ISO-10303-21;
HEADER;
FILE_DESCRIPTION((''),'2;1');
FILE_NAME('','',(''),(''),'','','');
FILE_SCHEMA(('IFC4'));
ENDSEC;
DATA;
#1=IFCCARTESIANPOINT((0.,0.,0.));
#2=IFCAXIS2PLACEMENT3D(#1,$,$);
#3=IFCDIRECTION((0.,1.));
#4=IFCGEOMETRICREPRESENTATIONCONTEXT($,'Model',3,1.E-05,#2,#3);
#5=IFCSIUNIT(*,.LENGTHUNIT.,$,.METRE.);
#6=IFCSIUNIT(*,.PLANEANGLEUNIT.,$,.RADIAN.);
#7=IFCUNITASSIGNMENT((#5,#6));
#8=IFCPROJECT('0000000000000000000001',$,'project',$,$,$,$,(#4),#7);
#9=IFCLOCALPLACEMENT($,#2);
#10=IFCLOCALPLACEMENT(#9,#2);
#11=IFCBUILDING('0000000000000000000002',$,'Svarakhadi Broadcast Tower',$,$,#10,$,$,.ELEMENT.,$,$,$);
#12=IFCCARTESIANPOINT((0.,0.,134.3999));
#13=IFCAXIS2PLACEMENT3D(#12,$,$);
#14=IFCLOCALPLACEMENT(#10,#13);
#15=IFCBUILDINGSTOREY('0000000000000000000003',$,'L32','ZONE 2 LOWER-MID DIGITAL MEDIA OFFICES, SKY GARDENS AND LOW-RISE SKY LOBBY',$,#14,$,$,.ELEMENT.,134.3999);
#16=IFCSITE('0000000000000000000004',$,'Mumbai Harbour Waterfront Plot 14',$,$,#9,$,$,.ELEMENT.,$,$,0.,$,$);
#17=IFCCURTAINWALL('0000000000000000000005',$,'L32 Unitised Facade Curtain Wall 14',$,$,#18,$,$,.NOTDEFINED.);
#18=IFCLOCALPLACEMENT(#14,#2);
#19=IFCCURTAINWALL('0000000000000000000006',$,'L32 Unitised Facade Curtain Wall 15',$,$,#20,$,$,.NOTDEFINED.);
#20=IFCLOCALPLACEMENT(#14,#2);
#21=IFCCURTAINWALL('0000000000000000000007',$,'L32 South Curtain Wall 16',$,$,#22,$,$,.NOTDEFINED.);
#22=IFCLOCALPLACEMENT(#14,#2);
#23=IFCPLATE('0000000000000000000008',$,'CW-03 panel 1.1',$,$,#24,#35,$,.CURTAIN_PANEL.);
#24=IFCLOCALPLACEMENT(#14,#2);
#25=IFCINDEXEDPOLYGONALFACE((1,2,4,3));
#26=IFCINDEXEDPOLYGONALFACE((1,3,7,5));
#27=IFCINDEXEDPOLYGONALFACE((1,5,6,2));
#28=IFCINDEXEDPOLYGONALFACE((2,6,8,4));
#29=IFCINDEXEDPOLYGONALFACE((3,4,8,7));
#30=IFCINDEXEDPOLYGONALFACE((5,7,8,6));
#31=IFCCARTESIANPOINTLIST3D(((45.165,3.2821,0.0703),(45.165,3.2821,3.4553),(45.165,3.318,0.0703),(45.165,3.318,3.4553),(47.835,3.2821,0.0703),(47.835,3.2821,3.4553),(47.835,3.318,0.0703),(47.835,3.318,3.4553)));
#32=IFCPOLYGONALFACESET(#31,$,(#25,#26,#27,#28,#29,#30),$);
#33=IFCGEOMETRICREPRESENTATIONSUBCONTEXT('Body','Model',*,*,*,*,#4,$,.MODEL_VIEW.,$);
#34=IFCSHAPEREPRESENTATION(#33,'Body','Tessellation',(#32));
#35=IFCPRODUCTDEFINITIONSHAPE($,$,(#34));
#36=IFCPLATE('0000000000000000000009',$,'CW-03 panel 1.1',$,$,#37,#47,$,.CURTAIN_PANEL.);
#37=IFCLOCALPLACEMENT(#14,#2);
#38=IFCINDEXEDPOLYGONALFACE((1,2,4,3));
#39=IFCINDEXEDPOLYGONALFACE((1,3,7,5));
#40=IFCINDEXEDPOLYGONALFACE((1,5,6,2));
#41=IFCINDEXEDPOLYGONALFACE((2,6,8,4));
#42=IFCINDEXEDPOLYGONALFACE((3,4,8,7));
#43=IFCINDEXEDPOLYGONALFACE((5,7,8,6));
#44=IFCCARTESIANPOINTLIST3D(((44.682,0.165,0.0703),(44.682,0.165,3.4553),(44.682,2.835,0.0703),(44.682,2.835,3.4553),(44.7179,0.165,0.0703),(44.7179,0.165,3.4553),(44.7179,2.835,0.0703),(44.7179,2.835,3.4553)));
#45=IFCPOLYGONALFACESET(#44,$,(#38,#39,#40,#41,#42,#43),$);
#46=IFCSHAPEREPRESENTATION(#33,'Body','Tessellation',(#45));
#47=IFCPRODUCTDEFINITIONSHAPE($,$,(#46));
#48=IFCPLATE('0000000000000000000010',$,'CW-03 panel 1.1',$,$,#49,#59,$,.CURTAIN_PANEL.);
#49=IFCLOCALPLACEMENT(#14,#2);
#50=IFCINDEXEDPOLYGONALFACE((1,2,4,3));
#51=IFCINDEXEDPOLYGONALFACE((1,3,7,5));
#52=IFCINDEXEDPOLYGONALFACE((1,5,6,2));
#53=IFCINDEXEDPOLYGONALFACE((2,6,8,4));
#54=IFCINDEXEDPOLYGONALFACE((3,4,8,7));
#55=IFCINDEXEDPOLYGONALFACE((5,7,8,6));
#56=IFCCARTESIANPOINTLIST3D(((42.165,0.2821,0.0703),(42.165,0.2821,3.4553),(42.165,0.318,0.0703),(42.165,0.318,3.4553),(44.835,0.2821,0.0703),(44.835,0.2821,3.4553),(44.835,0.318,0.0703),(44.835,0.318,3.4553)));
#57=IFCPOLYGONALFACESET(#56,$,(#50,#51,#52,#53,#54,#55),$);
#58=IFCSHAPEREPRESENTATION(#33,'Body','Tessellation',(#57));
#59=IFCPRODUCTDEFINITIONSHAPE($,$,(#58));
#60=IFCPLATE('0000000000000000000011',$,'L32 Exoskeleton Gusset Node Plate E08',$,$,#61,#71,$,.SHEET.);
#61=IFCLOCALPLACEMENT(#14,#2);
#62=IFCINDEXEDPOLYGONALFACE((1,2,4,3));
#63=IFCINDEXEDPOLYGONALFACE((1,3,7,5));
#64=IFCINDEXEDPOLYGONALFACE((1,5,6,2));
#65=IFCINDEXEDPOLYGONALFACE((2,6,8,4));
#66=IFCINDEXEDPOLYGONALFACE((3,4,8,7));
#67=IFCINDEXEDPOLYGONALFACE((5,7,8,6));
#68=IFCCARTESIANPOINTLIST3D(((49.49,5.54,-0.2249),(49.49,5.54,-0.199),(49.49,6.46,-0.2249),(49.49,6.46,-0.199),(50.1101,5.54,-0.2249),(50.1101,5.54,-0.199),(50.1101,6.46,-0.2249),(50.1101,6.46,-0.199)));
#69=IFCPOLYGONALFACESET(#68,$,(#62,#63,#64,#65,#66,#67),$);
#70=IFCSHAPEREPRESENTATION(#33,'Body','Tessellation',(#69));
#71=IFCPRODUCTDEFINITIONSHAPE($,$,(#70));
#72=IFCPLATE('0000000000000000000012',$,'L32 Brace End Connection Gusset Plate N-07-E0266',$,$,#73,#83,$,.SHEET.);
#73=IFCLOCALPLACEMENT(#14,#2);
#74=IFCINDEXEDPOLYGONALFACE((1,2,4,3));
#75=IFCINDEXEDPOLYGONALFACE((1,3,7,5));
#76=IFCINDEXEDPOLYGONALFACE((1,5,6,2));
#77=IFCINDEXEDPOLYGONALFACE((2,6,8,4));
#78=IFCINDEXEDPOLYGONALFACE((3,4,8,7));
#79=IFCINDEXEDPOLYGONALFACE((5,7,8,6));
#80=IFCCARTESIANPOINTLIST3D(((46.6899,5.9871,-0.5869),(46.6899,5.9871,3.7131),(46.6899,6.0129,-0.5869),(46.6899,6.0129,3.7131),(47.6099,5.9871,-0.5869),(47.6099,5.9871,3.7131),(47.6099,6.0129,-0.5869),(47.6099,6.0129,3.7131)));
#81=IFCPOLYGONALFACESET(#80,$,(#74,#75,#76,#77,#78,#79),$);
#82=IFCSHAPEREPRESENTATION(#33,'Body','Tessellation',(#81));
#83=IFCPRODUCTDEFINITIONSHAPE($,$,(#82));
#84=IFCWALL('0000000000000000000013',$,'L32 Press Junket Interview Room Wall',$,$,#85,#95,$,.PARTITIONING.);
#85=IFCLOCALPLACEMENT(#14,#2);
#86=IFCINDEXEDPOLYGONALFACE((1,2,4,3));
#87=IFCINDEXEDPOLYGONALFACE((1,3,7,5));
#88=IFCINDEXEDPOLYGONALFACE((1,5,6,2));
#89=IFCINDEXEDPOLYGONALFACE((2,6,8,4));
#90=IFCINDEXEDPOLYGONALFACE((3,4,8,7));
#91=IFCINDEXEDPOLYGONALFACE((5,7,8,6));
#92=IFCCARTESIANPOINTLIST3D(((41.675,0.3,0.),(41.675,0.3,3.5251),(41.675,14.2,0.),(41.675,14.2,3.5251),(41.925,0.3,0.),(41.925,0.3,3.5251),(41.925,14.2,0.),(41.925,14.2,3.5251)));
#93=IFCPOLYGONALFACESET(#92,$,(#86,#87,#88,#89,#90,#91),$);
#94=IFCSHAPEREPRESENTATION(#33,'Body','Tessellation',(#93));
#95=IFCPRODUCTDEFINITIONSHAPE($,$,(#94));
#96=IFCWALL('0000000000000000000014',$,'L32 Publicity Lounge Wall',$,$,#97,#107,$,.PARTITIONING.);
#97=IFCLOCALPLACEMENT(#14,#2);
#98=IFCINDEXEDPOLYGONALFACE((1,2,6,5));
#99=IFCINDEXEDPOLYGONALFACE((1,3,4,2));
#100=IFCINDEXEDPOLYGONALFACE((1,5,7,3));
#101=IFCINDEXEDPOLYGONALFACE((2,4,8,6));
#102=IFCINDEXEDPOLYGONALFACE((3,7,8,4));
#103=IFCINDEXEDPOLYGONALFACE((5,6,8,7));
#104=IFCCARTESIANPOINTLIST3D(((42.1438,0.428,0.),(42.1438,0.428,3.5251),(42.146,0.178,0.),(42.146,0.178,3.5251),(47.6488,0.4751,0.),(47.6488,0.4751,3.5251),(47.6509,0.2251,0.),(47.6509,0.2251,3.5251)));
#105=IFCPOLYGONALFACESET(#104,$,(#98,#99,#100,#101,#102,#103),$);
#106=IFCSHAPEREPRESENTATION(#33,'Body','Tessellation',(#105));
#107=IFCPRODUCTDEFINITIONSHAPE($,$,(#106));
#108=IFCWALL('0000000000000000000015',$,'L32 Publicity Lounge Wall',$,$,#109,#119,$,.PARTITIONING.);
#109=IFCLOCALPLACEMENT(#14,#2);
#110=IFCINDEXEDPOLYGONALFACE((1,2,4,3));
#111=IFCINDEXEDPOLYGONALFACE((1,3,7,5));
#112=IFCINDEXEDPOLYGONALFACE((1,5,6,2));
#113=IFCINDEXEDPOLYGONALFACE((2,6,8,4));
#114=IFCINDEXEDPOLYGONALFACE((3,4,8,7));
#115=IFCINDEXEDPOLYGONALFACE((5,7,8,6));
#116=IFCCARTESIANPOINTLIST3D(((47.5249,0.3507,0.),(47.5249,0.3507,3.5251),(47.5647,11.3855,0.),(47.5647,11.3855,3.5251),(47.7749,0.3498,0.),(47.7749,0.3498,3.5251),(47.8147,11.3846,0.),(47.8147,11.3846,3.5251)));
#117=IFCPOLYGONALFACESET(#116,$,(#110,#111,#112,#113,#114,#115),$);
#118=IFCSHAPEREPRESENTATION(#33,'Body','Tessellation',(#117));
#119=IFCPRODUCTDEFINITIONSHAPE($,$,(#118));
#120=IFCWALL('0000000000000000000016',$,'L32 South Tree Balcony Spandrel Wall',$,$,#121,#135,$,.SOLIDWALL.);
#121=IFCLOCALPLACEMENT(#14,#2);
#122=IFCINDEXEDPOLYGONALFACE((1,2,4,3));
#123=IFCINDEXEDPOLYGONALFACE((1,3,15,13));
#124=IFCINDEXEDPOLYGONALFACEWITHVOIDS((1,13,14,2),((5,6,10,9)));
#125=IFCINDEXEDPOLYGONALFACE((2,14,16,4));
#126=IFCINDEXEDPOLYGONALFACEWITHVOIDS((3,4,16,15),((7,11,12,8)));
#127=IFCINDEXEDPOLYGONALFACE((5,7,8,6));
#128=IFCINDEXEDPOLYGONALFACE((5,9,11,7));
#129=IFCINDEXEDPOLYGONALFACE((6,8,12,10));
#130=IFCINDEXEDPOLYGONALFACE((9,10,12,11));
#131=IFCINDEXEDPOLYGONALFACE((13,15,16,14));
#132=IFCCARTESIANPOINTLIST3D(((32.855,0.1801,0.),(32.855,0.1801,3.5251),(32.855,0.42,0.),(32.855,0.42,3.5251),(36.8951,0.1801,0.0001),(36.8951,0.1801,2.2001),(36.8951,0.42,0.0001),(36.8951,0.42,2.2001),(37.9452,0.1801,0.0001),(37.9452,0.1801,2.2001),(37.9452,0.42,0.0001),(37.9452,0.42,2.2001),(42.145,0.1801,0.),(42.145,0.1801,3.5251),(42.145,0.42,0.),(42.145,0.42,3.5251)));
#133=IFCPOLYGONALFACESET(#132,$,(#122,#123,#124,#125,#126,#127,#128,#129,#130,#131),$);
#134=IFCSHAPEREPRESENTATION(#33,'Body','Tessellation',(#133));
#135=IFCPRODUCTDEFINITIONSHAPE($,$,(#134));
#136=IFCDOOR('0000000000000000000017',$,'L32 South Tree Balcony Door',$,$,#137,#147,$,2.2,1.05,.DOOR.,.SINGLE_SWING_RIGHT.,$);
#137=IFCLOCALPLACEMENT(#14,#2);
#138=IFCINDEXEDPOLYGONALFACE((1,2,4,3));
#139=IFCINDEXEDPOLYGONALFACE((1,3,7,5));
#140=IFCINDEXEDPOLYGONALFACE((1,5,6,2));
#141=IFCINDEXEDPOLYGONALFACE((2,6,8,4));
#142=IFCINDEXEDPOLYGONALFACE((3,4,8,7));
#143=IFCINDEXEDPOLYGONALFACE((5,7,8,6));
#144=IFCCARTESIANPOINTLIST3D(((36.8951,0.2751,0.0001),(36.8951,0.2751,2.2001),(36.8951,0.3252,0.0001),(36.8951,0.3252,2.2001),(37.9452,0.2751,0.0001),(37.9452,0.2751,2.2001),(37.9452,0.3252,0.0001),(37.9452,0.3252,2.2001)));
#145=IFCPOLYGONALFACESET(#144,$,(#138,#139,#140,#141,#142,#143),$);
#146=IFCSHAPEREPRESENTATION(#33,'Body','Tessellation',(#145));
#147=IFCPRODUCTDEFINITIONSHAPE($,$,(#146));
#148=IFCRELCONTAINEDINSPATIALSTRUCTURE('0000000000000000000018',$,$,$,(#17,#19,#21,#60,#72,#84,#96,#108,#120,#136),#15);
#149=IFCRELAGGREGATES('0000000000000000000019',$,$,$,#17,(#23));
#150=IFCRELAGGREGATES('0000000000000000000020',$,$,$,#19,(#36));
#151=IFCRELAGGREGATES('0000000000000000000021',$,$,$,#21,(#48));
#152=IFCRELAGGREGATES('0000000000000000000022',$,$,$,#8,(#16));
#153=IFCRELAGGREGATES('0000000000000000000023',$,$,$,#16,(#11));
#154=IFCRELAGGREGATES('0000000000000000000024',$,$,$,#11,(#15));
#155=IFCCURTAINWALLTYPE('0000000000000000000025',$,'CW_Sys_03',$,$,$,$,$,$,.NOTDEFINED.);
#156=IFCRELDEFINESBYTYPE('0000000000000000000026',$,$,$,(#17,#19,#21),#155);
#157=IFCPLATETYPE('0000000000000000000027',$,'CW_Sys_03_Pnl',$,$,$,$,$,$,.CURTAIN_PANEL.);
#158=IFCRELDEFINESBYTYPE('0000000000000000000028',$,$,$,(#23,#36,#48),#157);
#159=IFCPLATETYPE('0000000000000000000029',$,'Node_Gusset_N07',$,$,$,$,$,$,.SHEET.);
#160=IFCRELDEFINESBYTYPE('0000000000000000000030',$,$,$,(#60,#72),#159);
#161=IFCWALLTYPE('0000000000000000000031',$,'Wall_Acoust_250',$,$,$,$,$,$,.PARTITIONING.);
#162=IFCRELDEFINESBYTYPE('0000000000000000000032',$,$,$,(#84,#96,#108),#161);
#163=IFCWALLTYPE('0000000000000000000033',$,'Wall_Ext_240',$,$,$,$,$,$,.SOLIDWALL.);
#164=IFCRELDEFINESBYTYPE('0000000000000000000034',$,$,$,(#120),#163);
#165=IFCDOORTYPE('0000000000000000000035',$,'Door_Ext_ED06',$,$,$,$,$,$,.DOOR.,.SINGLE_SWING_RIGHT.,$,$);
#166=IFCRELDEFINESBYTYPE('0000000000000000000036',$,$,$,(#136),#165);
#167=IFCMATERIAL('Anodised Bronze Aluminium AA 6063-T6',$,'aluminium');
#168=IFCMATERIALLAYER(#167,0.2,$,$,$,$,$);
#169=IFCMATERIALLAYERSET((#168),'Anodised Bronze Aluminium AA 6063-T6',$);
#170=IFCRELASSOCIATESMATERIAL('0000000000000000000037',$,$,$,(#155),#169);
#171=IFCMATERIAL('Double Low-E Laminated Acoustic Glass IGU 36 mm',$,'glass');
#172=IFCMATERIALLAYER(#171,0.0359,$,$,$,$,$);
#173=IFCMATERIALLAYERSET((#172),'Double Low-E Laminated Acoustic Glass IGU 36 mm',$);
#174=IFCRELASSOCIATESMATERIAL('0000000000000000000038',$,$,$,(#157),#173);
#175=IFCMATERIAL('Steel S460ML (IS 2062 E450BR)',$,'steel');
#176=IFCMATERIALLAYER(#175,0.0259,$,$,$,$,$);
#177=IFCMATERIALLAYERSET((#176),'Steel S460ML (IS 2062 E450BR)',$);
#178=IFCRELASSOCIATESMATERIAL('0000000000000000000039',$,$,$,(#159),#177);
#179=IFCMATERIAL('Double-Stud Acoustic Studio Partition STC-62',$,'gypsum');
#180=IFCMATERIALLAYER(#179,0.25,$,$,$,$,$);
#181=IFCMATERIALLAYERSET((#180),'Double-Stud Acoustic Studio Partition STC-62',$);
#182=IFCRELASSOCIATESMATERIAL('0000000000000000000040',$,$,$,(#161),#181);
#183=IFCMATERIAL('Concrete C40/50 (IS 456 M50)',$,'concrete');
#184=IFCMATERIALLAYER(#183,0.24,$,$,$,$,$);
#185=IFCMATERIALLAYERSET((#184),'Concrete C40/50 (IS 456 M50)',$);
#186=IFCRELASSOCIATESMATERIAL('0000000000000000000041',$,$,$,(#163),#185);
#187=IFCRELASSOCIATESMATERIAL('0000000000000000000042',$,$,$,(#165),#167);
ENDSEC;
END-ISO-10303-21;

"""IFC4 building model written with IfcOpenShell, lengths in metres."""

from ifc_helpers import new_model, si_unit, direction, frame, frame_2d, origin, origin_2d, place, context, subcontext, project, spatial, rectangle, extrude, material, layer, layer_set, type_object, element, fill, aggregate, save


model = new_model("IFC4")

# Units and contexts
model_context = context("Model", 3, precision=1e-05, world=origin(), true_north=direction((0.0, 1.0)))
body_context = subcontext(model_context, "Body", "Model", "MODEL_VIEW")
ifc_project = project(units=[si_unit("LENGTHUNIT", "METRE"), si_unit("PLANEANGLEUNIT", "RADIAN")], contexts=[model_context])

# Site, building, storey
site_placement = place(None, origin())
site = spatial("IfcSite", under=ifc_project, at=site_placement, Name="Mumbai Harbour Waterfront Plot 14", CompositionType="ELEMENT", RefElevation=0.0)
building_placement = place(site_placement, origin())
building = spatial("IfcBuilding", under=site, at=building_placement, Name="Svarakhadi Broadcast Tower", CompositionType="ELEMENT")
storey_placement = place(building_placement, frame((0.0, 0.0, 134.3999)))
storey = spatial("IfcBuildingStorey", under=building, at=storey_placement, Name="L32", Description="ZONE 2 LOWER-MID DIGITAL MEDIA OFFICES, SKY GARDENS AND LOW-RISE SKY LOBBY", CompositionType="ELEMENT", Elevation=134.3999)

# Shared definitions
ifc_material_1 = material(Name="Steel S460ML (IS 2062 E450BR)", Category="steel")

# Curtain walls
ifc_material_2 = material(Name="Anodised Bronze Aluminium AA 6063-T6", Category="aluminium")
ifc_layer_1 = layer(ifc_material_2, 0.2)
ifc_layer_set_1 = layer_set([ifc_layer_1], Name="Anodised Bronze Aluminium AA 6063-T6")
curtain_wall_type = type_object("IfcCurtainWallType", Name="CW_Sys_03", PredefinedType="NOTDEFINED", material=ifc_layer_set_1)
curtain_wall_1_placement = place(storey_placement, origin())
curtain_wall_1 = element("IfcCurtainWall", 1, at=curtain_wall_1_placement, inside=storey, type_object=curtain_wall_type, Name="L32 Unitised Facade Curtain Wall 14", PredefinedType="NOTDEFINED")
curtain_wall_2_placement = place(storey_placement, origin())
curtain_wall_2 = element("IfcCurtainWall", 2, at=curtain_wall_2_placement, inside=storey, type_object=curtain_wall_type, Name="L32 Unitised Facade Curtain Wall 15", PredefinedType="NOTDEFINED")
curtain_wall_3_placement = place(storey_placement, origin())
curtain_wall_3 = element("IfcCurtainWall", 3, at=curtain_wall_3_placement, inside=storey, type_object=curtain_wall_type, Name="L32 South Curtain Wall 16", PredefinedType="NOTDEFINED")

# Plates
ifc_material_3 = material(Name="Double Low-E Laminated Acoustic Glass IGU 36 mm", Category="glass")
ifc_layer_2 = layer(ifc_material_3, 0.0359)
ifc_layer_set_2 = layer_set([ifc_layer_2], Name="Double Low-E Laminated Acoustic Glass IGU 36 mm")
plate_type_1 = type_object("IfcPlateType", Name="CW_Sys_03_Pnl", PredefinedType="CURTAIN_PANEL", material=ifc_layer_set_2)
plate_1_placement = place(storey_placement, frame((46.5, 3.3, 0.0703), z_axis=(0.0, 0.0, 1.0), x_axis=(-1.0, 0.0, 0.0)))
plate_1 = element("IfcPlate", 4, at=plate_1_placement, type_object=plate_type_1, Name="CW-03 panel 1.1", PredefinedType="CURTAIN_PANEL", context=body_context, shape_type="SweptSolid", body=[
    extrude(rectangle(XDim=2.6699, YDim=0.0359, at=origin_2d()), origin(), (0.0, 0.0, 1.0), 3.385),
])
aggregate(curtain_wall_1, [plate_1])
plate_2_placement = place(storey_placement, frame((44.7, 1.5, 0.0703), z_axis=(0.0, 0.0, 1.0), x_axis=(0.0, -1.0, 0.0)))
plate_2 = element("IfcPlate", 5, at=plate_2_placement, type_object=plate_type_1, Name="CW-03 panel 1.1", PredefinedType="CURTAIN_PANEL", context=body_context, shape_type="SweptSolid", body=[
    extrude(rectangle(XDim=2.6699, YDim=0.0359, at=origin_2d()), origin(), (0.0, 0.0, 1.0), 3.385),
])
aggregate(curtain_wall_2, [plate_2])
plate_3_placement = place(storey_placement, frame((43.5, 0.3, 0.0703), z_axis=(0.0, 0.0, 1.0), x_axis=(-1.0, 0.0, 0.0)))
plate_3 = element("IfcPlate", 6, at=plate_3_placement, type_object=plate_type_1, Name="CW-03 panel 1.1", PredefinedType="CURTAIN_PANEL", context=body_context, shape_type="SweptSolid", body=[
    extrude(rectangle(XDim=2.6699, YDim=0.0359, at=origin_2d()), origin(), (0.0, 0.0, 1.0), 3.385),
])
aggregate(curtain_wall_3, [plate_3])

# Plates
ifc_layer_3 = layer(ifc_material_1, 0.0259)
ifc_layer_set_3 = layer_set([ifc_layer_3], Name="Steel S460ML (IS 2062 E450BR)")
plate_type_2 = type_object("IfcPlateType", Name="Node_Gusset_N07", PredefinedType="SHEET", material=ifc_layer_set_3)
plate_4_placement = place(storey_placement, frame((49.8, 6.0, -0.2249), z_axis=(0.0, 0.0, 1.0), x_axis=(0.0, 1.0, 0.0)))
element("IfcPlate", 7, at=plate_4_placement, inside=storey, type_object=plate_type_2, Name="L32 Exoskeleton Gusset Node Plate E08", PredefinedType="SHEET", context=body_context, shape_type="SweptSolid", body=[
    extrude(rectangle(XDim=0.9199, YDim=0.6201, at=origin_2d()), origin(), (0.0, 0.0, 1.0), 0.0259),
])
plate_5_placement = place(storey_placement, frame((47.1499, 6.0, -0.5869), z_axis=(0.0, 0.0, 1.0), x_axis=(1.0, 0.0, 0.0)))
element("IfcPlate", 8, at=plate_5_placement, inside=storey, type_object=plate_type_2, Name="L32 Brace End Connection Gusset Plate N-07-E0266", PredefinedType="SHEET", context=body_context, shape_type="SweptSolid", body=[
    extrude(rectangle(XDim=0.9199, YDim=0.0259, at=origin_2d()), origin(), (0.0, 0.0, 1.0), 4.3),
])

# Walls
ifc_material_4 = material(Name="Double-Stud Acoustic Studio Partition STC-62", Category="gypsum")
ifc_layer_4 = layer(ifc_material_4, 0.25)
ifc_layer_set_4 = layer_set([ifc_layer_4], Name="Double-Stud Acoustic Studio Partition STC-62")
wall_type_1 = type_object("IfcWallType", Name="Wall_Acoust_250", PredefinedType="PARTITIONING", material=ifc_layer_set_4)
wall_1_placement = place(storey_placement, frame((41.8, 0.3, 0.0), z_axis=(0.0, 0.0, 1.0), x_axis=(0.0, 1.0, 0.0)))
element("IfcWall", 9, at=wall_1_placement, inside=storey, type_object=wall_type_1, Name="L32 Press Junket Interview Room Wall", PredefinedType="PARTITIONING", context=body_context, shape_type="SweptSolid", body=[
    extrude(rectangle(XDim=13.8999, YDim=0.25, at=frame_2d((6.95, 0.0))), origin(), (0.0, 0.0, 1.0), 3.5251),
])
wall_2_placement = place(storey_placement, frame((42.145, 0.303, 0.0), z_axis=(0.0, 0.0, 1.0), x_axis=(0.999963, 0.008559, 0.0)))
element("IfcWall", 10, at=wall_2_placement, inside=storey, type_object=wall_type_1, Name="L32 Publicity Lounge Wall", PredefinedType="PARTITIONING", context=body_context, shape_type="SweptSolid", body=[
    extrude(rectangle(XDim=5.5051, YDim=0.25, at=frame_2d((2.7524, 0.0))), origin(), (0.0, 0.0, 1.0), 3.5251),
])
wall_3_placement = place(storey_placement, frame((47.6499, 0.3501, 0.0), z_axis=(0.0, 0.0, 1.0), x_axis=(0.003606, 0.999993, 0.0)))
element("IfcWall", 11, at=wall_3_placement, inside=storey, type_object=wall_type_1, Name="L32 Publicity Lounge Wall", PredefinedType="PARTITIONING", context=body_context, shape_type="SweptSolid", body=[
    extrude(rectangle(XDim=11.0349, YDim=0.25, at=frame_2d((5.5176, 0.0))), origin(), (0.0, 0.0, 1.0), 3.5251),
])

# Wall, opening, door
ifc_material_5 = material(Name="Concrete C40/50 (IS 456 M50)", Category="concrete")
ifc_layer_5 = layer(ifc_material_5, 0.24)
ifc_layer_set_5 = layer_set([ifc_layer_5], Name="Concrete C40/50 (IS 456 M50)")
wall_type_2 = type_object("IfcWallType", Name="Wall_Ext_240", PredefinedType="SOLIDWALL", material=ifc_layer_set_5)
wall_4_placement = place(storey_placement, frame((42.145, 0.3, 0.0), z_axis=(0.0, 0.0, 1.0), x_axis=(-1.0, 0.0, 0.0)))
wall_4 = element("IfcWall", 12, at=wall_4_placement, inside=storey, type_object=wall_type_2, Name="L32 South Tree Balcony Spandrel Wall", PredefinedType="SOLIDWALL", context=body_context, shape_type="SweptSolid", body=[
    extrude(rectangle(XDim=9.29, YDim=0.24, at=frame_2d((4.645, 0.0))), origin(), (0.0, 0.0, 1.0), 3.5251),
])
opening_placement = place(wall_4_placement, frame((4.2, 0.0, 0.0)))
opening = element("IfcOpeningElement", 13, at=opening_placement, cuts=wall_4, PredefinedType="OPENING", context=body_context, shape_type="SweptSolid", body=[
    extrude(rectangle(XDim=1.05, YDim=2.2, at=frame_2d((0.5249, 1.1001))), frame((0.0, 0.1299, 0.0), z_axis=(0.0, -1.0, 0.0), x_axis=(1.0, 0.0, 0.0)), (0.0, 0.0, 1.0), 0.26),
])
door_type = type_object("IfcDoorType", Name="Door_Ext_ED06", OperationType="SINGLE_SWING_RIGHT", PredefinedType="DOOR", material=ifc_material_2)
door_placement = place(opening_placement, origin())
door = element("IfcDoor", 14, at=door_placement, inside=storey, type_object=door_type, Name="L32 South Tree Balcony Door", OperationType="SINGLE_SWING_RIGHT", OverallHeight=2.2, OverallWidth=1.05, PredefinedType="DOOR", context=body_context, shape_type="SweptSolid", body=[
    extrude(rectangle(XDim=1.05, YDim=2.2, at=frame_2d((0.5249, 1.1001))), frame((0.0, 0.0249, 0.0), z_axis=(0.0, -1.0, 0.0), x_axis=(1.0, 0.0, 0.0)), (0.0, 0.0, 1.0), 0.05),
])
fill(opening, door)

save(model, "model.ifc")
